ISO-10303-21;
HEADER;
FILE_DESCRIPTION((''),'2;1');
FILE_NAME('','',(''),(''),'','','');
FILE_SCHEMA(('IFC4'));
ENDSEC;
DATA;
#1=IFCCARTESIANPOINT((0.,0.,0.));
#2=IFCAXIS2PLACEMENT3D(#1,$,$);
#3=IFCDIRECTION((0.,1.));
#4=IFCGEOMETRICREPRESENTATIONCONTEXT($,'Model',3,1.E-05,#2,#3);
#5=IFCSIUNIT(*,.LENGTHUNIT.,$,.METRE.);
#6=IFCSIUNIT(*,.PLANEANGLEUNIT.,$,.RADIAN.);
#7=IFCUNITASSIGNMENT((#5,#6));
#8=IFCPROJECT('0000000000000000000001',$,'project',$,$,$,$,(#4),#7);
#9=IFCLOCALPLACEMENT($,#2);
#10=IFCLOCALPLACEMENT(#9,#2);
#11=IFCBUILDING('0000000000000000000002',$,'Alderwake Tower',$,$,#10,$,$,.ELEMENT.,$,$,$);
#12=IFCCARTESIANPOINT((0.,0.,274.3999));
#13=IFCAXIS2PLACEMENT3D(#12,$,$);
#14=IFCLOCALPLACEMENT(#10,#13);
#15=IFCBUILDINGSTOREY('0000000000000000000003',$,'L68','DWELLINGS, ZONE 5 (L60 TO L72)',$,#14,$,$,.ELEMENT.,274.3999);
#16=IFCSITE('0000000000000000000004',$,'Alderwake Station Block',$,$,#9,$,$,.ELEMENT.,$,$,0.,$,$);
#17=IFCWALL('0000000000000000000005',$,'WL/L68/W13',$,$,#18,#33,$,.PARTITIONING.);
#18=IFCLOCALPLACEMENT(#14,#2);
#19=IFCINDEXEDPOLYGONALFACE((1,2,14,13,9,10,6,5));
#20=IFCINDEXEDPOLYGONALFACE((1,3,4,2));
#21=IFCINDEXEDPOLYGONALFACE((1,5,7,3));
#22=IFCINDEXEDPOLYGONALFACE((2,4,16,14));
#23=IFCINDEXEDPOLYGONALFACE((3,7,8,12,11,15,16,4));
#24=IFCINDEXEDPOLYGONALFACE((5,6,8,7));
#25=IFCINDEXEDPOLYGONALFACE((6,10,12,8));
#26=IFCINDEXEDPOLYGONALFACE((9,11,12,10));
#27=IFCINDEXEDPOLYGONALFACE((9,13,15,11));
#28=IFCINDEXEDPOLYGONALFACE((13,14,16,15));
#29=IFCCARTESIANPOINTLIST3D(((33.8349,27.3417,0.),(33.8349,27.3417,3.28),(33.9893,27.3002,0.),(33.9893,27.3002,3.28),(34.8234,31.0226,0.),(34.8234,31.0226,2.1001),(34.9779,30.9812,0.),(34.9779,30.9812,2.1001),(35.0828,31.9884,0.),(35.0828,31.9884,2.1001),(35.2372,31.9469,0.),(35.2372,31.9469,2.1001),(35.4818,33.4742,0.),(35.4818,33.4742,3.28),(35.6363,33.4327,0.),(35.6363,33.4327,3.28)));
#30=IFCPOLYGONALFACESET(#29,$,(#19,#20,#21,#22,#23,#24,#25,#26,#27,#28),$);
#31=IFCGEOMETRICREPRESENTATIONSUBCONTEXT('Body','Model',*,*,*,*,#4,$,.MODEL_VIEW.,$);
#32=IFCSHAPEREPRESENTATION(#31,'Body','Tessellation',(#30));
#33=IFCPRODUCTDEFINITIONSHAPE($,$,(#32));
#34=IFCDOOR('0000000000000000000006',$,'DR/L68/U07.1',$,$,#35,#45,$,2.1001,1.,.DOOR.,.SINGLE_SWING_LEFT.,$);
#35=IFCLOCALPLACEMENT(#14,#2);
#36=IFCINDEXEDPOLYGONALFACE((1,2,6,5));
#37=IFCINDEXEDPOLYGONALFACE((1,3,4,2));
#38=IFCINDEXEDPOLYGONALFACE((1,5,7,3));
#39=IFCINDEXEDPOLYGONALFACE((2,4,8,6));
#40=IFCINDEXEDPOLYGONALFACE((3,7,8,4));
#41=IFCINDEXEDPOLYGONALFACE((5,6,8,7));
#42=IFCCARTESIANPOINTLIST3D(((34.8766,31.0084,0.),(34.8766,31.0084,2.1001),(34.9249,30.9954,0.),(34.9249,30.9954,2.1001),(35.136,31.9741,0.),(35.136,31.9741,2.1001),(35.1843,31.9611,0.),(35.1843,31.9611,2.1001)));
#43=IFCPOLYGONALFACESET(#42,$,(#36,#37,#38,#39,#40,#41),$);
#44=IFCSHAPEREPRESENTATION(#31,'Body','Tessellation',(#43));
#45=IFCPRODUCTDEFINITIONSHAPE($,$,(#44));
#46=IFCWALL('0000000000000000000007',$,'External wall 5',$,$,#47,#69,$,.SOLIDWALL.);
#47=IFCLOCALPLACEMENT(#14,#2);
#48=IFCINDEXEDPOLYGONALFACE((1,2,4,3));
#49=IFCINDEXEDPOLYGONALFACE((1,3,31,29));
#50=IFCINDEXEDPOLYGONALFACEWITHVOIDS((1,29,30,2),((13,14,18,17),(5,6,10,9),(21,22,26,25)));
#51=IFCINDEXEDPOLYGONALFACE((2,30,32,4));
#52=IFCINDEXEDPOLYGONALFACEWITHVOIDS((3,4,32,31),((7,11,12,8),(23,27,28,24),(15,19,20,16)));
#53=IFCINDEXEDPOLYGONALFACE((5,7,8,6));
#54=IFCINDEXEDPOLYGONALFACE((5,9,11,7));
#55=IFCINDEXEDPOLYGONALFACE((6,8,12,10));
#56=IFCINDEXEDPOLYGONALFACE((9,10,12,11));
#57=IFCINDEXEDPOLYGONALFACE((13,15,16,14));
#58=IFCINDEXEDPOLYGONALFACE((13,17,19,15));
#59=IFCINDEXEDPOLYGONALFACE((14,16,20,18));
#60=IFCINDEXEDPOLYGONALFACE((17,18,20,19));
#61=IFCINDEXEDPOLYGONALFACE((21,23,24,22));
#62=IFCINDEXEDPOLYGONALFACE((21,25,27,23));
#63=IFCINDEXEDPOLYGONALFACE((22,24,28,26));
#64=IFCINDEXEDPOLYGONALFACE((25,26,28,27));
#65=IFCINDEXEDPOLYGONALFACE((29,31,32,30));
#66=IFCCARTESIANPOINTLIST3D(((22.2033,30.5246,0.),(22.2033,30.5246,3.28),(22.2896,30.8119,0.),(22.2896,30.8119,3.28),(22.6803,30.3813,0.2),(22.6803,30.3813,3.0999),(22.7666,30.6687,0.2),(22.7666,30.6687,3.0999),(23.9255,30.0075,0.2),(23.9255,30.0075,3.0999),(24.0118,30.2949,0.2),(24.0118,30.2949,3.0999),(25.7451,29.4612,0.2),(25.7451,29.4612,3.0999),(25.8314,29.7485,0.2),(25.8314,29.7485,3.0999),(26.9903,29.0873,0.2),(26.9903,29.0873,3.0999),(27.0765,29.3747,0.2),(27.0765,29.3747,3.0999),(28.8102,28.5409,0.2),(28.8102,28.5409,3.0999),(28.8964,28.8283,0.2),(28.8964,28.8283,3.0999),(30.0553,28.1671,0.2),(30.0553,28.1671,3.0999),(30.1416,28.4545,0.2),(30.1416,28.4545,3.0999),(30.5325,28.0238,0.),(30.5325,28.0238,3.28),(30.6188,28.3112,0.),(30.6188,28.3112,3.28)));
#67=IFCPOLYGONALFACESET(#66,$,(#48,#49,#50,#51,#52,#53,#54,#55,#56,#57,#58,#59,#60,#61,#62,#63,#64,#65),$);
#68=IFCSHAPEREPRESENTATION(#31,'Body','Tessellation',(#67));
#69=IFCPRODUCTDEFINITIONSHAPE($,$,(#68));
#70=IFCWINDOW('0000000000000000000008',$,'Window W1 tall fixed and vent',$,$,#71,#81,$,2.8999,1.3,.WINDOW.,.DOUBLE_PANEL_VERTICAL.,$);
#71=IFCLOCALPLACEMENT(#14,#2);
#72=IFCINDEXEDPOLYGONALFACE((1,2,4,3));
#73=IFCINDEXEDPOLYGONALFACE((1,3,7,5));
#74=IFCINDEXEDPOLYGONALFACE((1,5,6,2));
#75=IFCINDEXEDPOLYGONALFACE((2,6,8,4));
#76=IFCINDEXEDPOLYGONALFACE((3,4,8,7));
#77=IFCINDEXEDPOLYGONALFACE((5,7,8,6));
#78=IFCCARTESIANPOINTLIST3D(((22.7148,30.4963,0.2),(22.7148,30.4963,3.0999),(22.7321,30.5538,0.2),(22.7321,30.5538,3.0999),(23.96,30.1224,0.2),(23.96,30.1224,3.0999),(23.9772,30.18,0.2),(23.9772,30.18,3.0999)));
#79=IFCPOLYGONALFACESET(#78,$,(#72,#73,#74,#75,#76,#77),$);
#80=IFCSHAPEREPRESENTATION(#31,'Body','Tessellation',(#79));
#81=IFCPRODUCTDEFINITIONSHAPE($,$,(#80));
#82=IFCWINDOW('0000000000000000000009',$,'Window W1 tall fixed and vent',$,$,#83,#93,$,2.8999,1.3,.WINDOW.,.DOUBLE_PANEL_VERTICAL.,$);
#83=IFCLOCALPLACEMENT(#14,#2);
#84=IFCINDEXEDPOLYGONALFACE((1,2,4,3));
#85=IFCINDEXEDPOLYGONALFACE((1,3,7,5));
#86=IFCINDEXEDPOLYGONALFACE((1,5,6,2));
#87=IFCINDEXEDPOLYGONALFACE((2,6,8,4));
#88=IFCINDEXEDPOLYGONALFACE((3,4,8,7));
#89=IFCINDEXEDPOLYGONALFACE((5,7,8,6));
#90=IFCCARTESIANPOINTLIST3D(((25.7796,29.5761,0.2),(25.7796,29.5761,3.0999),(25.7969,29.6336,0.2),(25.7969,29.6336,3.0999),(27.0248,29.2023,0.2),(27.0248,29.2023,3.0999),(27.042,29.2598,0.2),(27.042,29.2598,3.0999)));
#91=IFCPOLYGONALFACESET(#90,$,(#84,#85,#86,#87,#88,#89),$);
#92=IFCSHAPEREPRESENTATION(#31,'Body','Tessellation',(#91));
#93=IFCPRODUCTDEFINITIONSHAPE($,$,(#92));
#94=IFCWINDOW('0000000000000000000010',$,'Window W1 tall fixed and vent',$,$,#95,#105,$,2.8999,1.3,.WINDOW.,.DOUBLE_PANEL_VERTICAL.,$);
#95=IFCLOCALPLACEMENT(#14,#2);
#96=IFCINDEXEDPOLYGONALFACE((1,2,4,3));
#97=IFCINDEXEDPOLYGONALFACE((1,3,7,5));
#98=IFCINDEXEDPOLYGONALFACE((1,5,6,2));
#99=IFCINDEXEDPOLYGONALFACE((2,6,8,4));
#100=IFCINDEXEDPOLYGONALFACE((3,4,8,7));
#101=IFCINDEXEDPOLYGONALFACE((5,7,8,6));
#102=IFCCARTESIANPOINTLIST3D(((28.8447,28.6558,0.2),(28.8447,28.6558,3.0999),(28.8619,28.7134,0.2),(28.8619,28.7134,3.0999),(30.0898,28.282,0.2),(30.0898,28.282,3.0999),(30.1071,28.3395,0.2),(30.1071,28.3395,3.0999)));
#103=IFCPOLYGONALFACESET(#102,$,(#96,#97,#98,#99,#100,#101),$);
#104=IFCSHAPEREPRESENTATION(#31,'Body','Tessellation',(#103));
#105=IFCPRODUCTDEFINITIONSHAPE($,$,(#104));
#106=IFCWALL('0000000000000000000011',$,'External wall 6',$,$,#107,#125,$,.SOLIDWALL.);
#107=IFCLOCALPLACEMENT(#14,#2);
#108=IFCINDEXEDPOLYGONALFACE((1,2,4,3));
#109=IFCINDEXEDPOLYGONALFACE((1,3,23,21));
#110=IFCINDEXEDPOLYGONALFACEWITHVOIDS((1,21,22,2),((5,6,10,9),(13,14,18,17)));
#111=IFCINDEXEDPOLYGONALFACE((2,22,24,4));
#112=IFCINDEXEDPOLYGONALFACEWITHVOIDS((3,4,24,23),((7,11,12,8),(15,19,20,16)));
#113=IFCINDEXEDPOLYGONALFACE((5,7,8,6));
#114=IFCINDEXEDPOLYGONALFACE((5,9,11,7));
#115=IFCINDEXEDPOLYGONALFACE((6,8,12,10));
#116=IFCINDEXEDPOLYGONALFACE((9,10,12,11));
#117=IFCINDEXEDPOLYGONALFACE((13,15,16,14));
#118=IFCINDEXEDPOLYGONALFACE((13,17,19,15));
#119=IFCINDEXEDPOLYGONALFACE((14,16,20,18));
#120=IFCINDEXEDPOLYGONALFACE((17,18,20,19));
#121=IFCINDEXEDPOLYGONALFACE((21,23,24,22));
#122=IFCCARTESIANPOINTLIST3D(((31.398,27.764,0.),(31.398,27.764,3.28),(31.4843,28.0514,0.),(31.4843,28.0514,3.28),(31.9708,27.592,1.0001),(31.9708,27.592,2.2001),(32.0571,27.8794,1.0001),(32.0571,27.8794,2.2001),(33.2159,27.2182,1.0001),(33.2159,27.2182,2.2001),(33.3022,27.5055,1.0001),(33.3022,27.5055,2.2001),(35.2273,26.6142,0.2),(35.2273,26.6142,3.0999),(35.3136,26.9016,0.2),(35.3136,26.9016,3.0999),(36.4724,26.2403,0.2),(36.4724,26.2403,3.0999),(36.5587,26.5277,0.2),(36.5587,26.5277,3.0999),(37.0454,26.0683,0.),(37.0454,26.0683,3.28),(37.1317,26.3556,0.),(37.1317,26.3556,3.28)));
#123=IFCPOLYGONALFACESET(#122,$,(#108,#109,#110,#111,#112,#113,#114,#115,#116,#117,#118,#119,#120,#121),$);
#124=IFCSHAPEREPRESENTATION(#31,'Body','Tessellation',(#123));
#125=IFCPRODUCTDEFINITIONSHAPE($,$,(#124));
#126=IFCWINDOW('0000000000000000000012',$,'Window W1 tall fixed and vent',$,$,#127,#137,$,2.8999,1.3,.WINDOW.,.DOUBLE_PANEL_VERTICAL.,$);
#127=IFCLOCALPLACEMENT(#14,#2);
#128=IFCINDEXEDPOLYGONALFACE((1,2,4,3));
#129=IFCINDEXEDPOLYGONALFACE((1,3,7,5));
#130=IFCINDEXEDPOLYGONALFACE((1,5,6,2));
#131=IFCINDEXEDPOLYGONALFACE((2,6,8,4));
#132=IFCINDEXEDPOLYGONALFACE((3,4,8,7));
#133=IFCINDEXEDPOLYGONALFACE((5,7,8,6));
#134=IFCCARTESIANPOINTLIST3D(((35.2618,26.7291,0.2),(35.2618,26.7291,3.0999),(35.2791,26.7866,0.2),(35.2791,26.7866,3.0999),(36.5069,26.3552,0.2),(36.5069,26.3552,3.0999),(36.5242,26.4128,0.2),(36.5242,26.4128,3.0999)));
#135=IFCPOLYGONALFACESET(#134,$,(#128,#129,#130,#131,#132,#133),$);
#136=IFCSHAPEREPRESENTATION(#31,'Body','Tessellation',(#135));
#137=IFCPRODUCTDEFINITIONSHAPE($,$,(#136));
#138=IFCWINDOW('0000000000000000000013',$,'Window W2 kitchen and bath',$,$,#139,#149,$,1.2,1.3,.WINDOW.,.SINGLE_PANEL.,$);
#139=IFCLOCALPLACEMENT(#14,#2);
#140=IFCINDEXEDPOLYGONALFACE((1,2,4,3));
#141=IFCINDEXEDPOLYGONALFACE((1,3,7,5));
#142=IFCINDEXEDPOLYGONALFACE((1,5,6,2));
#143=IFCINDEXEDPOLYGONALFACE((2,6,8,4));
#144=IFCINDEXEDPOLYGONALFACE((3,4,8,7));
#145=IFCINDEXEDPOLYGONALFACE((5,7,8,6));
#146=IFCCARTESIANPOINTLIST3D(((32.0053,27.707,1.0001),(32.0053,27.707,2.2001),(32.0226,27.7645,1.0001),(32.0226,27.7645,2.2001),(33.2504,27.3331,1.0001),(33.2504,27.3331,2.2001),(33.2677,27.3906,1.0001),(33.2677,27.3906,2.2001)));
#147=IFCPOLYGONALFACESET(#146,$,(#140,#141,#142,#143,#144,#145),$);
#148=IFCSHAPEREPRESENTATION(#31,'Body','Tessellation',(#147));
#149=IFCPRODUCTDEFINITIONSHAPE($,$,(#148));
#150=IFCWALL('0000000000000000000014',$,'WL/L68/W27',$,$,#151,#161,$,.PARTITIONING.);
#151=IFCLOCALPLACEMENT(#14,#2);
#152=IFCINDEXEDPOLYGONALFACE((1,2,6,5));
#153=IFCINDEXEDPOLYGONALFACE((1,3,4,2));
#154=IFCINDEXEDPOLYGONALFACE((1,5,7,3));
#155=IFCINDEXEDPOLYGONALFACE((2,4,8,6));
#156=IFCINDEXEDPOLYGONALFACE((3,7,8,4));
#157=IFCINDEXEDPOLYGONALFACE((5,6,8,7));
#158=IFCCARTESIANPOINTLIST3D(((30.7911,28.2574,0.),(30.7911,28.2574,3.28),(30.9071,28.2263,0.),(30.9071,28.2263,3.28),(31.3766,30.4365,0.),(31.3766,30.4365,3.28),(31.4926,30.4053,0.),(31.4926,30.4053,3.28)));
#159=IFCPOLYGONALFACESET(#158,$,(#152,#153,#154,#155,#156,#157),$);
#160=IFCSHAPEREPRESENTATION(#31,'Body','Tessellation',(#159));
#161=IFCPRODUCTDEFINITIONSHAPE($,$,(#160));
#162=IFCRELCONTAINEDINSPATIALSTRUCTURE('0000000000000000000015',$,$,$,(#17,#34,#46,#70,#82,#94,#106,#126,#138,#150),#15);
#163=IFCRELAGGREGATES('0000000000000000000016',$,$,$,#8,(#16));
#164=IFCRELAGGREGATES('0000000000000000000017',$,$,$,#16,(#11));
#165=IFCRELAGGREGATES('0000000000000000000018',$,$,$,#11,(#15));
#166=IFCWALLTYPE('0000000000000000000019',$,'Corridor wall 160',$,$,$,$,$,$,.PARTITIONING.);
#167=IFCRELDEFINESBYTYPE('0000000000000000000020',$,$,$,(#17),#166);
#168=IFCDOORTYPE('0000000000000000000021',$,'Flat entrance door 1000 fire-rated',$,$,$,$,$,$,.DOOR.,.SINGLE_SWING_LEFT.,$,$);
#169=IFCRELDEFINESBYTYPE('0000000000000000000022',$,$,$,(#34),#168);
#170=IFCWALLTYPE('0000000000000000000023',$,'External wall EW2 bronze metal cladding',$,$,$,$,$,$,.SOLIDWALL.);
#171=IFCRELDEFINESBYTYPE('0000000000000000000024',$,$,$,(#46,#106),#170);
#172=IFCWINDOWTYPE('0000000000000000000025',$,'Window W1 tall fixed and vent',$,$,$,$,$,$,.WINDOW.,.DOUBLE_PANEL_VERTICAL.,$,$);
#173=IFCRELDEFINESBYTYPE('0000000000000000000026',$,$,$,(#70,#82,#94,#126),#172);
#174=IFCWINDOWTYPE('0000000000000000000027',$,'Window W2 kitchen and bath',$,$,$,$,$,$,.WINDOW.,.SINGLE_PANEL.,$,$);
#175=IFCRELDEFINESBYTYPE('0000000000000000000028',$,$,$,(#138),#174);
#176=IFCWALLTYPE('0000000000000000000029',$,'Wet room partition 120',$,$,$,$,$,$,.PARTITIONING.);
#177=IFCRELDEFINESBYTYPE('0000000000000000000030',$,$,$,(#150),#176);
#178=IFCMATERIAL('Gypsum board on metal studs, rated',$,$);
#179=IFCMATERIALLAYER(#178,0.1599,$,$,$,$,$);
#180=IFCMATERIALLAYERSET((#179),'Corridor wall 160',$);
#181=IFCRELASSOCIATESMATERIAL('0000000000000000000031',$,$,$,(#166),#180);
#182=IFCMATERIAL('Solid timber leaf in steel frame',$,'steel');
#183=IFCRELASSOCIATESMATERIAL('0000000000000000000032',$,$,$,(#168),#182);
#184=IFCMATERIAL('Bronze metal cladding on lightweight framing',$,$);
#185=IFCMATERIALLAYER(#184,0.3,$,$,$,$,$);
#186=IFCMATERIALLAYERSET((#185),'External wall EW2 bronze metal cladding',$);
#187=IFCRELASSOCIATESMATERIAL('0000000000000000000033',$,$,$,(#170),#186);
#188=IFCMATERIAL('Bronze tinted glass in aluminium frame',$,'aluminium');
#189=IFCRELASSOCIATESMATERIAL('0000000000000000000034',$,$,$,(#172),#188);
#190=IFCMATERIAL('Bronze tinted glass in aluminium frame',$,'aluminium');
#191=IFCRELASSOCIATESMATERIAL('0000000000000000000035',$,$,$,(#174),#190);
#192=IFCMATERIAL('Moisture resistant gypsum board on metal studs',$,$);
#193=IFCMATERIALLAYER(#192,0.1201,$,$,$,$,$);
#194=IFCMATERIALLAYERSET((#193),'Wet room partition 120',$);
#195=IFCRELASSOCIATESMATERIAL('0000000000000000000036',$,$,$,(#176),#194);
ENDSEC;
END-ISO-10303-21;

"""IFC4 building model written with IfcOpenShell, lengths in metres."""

from ifc_helpers import new_model, si_unit, direction, frame, frame_2d, origin, place, context, subcontext, project, spatial, rectangle, extrude, material, layer, layer_set, type_object, element, fill, save


model = new_model("IFC4")

# Units and contexts
model_context = context("Model", 3, precision=1e-05, world=origin(), true_north=direction((0.0, 1.0)))
body_context = subcontext(model_context, "Body", "Model", "MODEL_VIEW")
ifc_project = project(units=[si_unit("LENGTHUNIT", "METRE"), si_unit("PLANEANGLEUNIT", "RADIAN")], contexts=[model_context])

# Site, building, storey
site_placement = place(None, origin())
site = spatial("IfcSite", under=ifc_project, at=site_placement, Name="Alderwake Station Block", CompositionType="ELEMENT", RefElevation=0.0)
building_placement = place(site_placement, origin())
building = spatial("IfcBuilding", under=site, at=building_placement, Name="Alderwake Tower", CompositionType="ELEMENT")
storey_placement = place(building_placement, frame((0.0, 0.0, 274.3999)))
storey = spatial("IfcBuildingStorey", under=building, at=storey_placement, Name="L68", Description="DWELLINGS, ZONE 5 (L60 TO L72)", CompositionType="ELEMENT", Elevation=274.3999)

# Wall, opening, door
ifc_material_1 = material(Name="Gypsum board on metal studs, rated")
ifc_layer_1 = layer(ifc_material_1, 0.1599)
ifc_layer_set_1 = layer_set([ifc_layer_1], Name="Corridor wall 160")
wall_type_1 = type_object("IfcWallType", Name="Corridor wall 160", PredefinedType="PARTITIONING", material=ifc_layer_set_1)
wall_1_placement = place(storey_placement, frame((33.9121, 27.321, 0.0), z_axis=(0.0, 0.0, 1.0), x_axis=(0.259371, 0.965778, 0.0)))
wall_1 = element("IfcWall", 1, at=wall_1_placement, inside=storey, type_object=wall_type_1, Name="WL/L68/W13", PredefinedType="PARTITIONING", context=body_context, shape_type="SweptSolid", body=[
    extrude(rectangle(XDim=6.3499, YDim=0.1599, at=frame_2d((3.1748, 0.0))), origin(), (0.0, 0.0, 1.0), 3.28),
])
opening_1_placement = place(wall_1_placement, frame((3.8113, 0.0, 0.0)))
opening_1 = element("IfcOpeningElement", 2, at=opening_1_placement, cuts=wall_1, PredefinedType="OPENING", context=body_context, shape_type="SweptSolid", body=[
    extrude(rectangle(XDim=1.0, YDim=2.1001, at=frame_2d((0.5, 1.05))), frame((0.0, 0.0898, 0.0), z_axis=(0.0, -1.0, 0.0), x_axis=(1.0, 0.0, 0.0)), (0.0, 0.0, 1.0), 0.1799),
])
ifc_material_2 = material(Name="Solid timber leaf in steel frame", Category="steel")
door_type_1 = type_object("IfcDoorType", Name="Flat entrance door 1000 fire-rated", OperationType="SINGLE_SWING_LEFT", PredefinedType="DOOR", material=ifc_material_2)
door_1_placement = place(opening_1_placement, origin())
door_1 = element("IfcDoor", 3, at=door_1_placement, inside=storey, type_object=door_type_1, Name="DR/L68/U07.1", OperationType="SINGLE_SWING_LEFT", OverallHeight=2.1001, OverallWidth=1.0, PredefinedType="DOOR", context=body_context, shape_type="SweptSolid", body=[
    extrude(rectangle(XDim=1.0, YDim=2.1001, at=frame_2d((0.5, 1.05))), frame((0.0, 0.0249, 0.0), z_axis=(0.0, -1.0, 0.0), x_axis=(1.0, 0.0, 0.0)), (0.0, 0.0, 1.0), 0.05),
])
fill(opening_1, door_1)

# Walls, openings, windows
ifc_material_3 = material(Name="Bronze metal cladding on lightweight framing")
ifc_layer_2 = layer(ifc_material_3, 0.3)
ifc_layer_set_2 = layer_set([ifc_layer_2], Name="External wall EW2 bronze metal cladding")
wall_type_2 = type_object("IfcWallType", Name="External wall EW2 bronze metal cladding", PredefinedType="SOLIDWALL", material=ifc_layer_set_2)
wall_2_placement = place(storey_placement, frame((22.2466, 30.6682, 0.0), z_axis=(0.0, 0.0, 1.0), x_axis=(0.957763, -0.287559, 0.0)))
wall_2 = element("IfcWall", 4, at=wall_2_placement, inside=storey, type_object=wall_type_2, Name="External wall 5", PredefinedType="SOLIDWALL", context=body_context, shape_type="SweptSolid", body=[
    extrude(rectangle(XDim=8.6965, YDim=0.3, at=frame_2d((4.3481, 0.0))), origin(), (0.0, 0.0, 1.0), 3.28),
])
opening_2_placement = place(wall_2_placement, frame((0.498, 0.0, 0.2)))
opening_2 = element("IfcOpeningElement", 5, at=opening_2_placement, cuts=wall_2, PredefinedType="OPENING", context=body_context, shape_type="SweptSolid", body=[
    extrude(rectangle(XDim=1.3, YDim=2.8999, at=frame_2d((0.6499, 1.45))), frame((0.0, 0.1599, 0.0), z_axis=(0.0, -1.0, 0.0), x_axis=(1.0, 0.0, 0.0)), (0.0, 0.0, 1.0), 0.3201),
])
opening_3_placement = place(wall_2_placement, frame((3.698, 0.0, 0.2)))
opening_3 = element("IfcOpeningElement", 6, at=opening_3_placement, cuts=wall_2, PredefinedType="OPENING", context=body_context, shape_type="SweptSolid", body=[
    extrude(rectangle(XDim=1.3, YDim=2.8999, at=frame_2d((0.6499, 1.45))), frame((0.0, 0.1599, 0.0), z_axis=(0.0, -1.0, 0.0), x_axis=(1.0, 0.0, 0.0)), (0.0, 0.0, 1.0), 0.3201),
])
opening_4_placement = place(wall_2_placement, frame((6.8982, 0.0, 0.2)))
opening_4 = element("IfcOpeningElement", 7, at=opening_4_placement, cuts=wall_2, PredefinedType="OPENING", context=body_context, shape_type="SweptSolid", body=[
    extrude(rectangle(XDim=1.3, YDim=2.8999, at=frame_2d((0.6499, 1.45))), frame((0.0, 0.1599, 0.0), z_axis=(0.0, -1.0, 0.0), x_axis=(1.0, 0.0, 0.0)), (0.0, 0.0, 1.0), 0.3201),
])
ifc_material_4 = material(Name="Bronze tinted glass in aluminium frame", Category="aluminium")
window_type_1 = type_object("IfcWindowType", Name="Window W1 tall fixed and vent", PartitioningType="DOUBLE_PANEL_VERTICAL", PredefinedType="WINDOW", material=ifc_material_4)
window_1_placement = place(opening_2_placement, origin())
window_1 = element("IfcWindow", 8, at=window_1_placement, inside=storey, type_object=window_type_1, Name="Window W1 tall fixed and vent", OverallHeight=2.8999, OverallWidth=1.3, PartitioningType="DOUBLE_PANEL_VERTICAL", PredefinedType="WINDOW", context=body_context, shape_type="SweptSolid", body=[
    extrude(rectangle(XDim=1.3, YDim=2.8999, at=frame_2d((0.6499, 1.45))), frame((0.0, 0.03, 0.0), z_axis=(0.0, -1.0, 0.0), x_axis=(1.0, 0.0, 0.0)), (0.0, 0.0, 1.0), 0.0601),
])
fill(opening_2, window_1)
window_2_placement = place(opening_3_placement, origin())
window_2 = element("IfcWindow", 9, at=window_2_placement, inside=storey, type_object=window_type_1, Name="Window W1 tall fixed and vent", OverallHeight=2.8999, OverallWidth=1.3, PartitioningType="DOUBLE_PANEL_VERTICAL", PredefinedType="WINDOW", context=body_context, shape_type="SweptSolid", body=[
    extrude(rectangle(XDim=1.3, YDim=2.8999, at=frame_2d((0.6499, 1.45))), frame((0.0, 0.03, 0.0), z_axis=(0.0, -1.0, 0.0), x_axis=(1.0, 0.0, 0.0)), (0.0, 0.0, 1.0), 0.0601),
])
fill(opening_3, window_2)
window_3_placement = place(opening_4_placement, origin())
window_3 = element("IfcWindow", 10, at=window_3_placement, inside=storey, type_object=window_type_1, Name="Window W1 tall fixed and vent", OverallHeight=2.8999, OverallWidth=1.3, PartitioningType="DOUBLE_PANEL_VERTICAL", PredefinedType="WINDOW", context=body_context, shape_type="SweptSolid", body=[
    extrude(rectangle(XDim=1.3, YDim=2.8999, at=frame_2d((0.6499, 1.45))), frame((0.0, 0.03, 0.0), z_axis=(0.0, -1.0, 0.0), x_axis=(1.0, 0.0, 0.0)), (0.0, 0.0, 1.0), 0.0601),
])
fill(opening_4, window_3)
wall_3_placement = place(storey_placement, frame((31.4412, 27.9077, 0.0), z_axis=(0.0, 0.0, 1.0), x_axis=(0.957753, -0.287591, 0.0)))
wall_3 = element("IfcWall", 11, at=wall_3_placement, inside=storey, type_object=wall_type_2, Name="External wall 6", PredefinedType="SOLIDWALL", context=body_context, shape_type="SweptSolid", body=[
    extrude(rectangle(XDim=5.8965, YDim=0.3, at=frame_2d((2.9482, 0.0))), origin(), (0.0, 0.0, 1.0), 3.28),
])
opening_5_placement = place(wall_3_placement, frame((0.5981, 0.0, 1.0)))
opening_5 = element("IfcOpeningElement", 12, at=opening_5_placement, cuts=wall_3, PredefinedType="OPENING", context=body_context, shape_type="SweptSolid", body=[
    extrude(rectangle(XDim=1.3, YDim=1.2, at=frame_2d((0.6499, 0.6001))), frame((0.0, 0.1599, 0.0), z_axis=(0.0, -1.0, 0.0), x_axis=(1.0, 0.0, 0.0)), (0.0, 0.0, 1.0), 0.3201),
])
opening_6_placement = place(wall_3_placement, frame((3.9983, 0.0, 0.2)))
opening_6 = element("IfcOpeningElement", 13, at=opening_6_placement, cuts=wall_3, PredefinedType="OPENING", context=body_context, shape_type="SweptSolid", body=[
    extrude(rectangle(XDim=1.3, YDim=2.8999, at=frame_2d((0.6499, 1.45))), frame((0.0, 0.1599, 0.0), z_axis=(0.0, -1.0, 0.0), x_axis=(1.0, 0.0, 0.0)), (0.0, 0.0, 1.0), 0.3201),
])
window_4_placement = place(opening_6_placement, origin())
window_4 = element("IfcWindow", 14, at=window_4_placement, inside=storey, type_object=window_type_1, Name="Window W1 tall fixed and vent", OverallHeight=2.8999, OverallWidth=1.3, PartitioningType="DOUBLE_PANEL_VERTICAL", PredefinedType="WINDOW", context=body_context, shape_type="SweptSolid", body=[
    extrude(rectangle(XDim=1.3, YDim=2.8999, at=frame_2d((0.6499, 1.45))), frame((0.0, 0.03, 0.0), z_axis=(0.0, -1.0, 0.0), x_axis=(1.0, 0.0, 0.0)), (0.0, 0.0, 1.0), 0.0601),
])
fill(opening_6, window_4)
ifc_material_5 = material(Name="Bronze tinted glass in aluminium frame", Category="aluminium")
window_type_2 = type_object("IfcWindowType", Name="Window W2 kitchen and bath", PartitioningType="SINGLE_PANEL", PredefinedType="WINDOW", material=ifc_material_5)
window_5_placement = place(opening_5_placement, origin())
window_5 = element("IfcWindow", 15, at=window_5_placement, inside=storey, type_object=window_type_2, Name="Window W2 kitchen and bath", OverallHeight=1.2, OverallWidth=1.3, PartitioningType="SINGLE_PANEL", PredefinedType="WINDOW", context=body_context, shape_type="SweptSolid", body=[
    extrude(rectangle(XDim=1.3, YDim=1.2, at=frame_2d((0.6499, 0.6001))), frame((0.0, 0.03, 0.0), z_axis=(0.0, -1.0, 0.0), x_axis=(1.0, 0.0, 0.0)), (0.0, 0.0, 1.0), 0.0601),
])
fill(opening_5, window_5)

# Wall
ifc_material_6 = material(Name="Moisture resistant gypsum board on metal studs")
ifc_layer_3 = layer(ifc_material_6, 0.1201)
ifc_layer_set_3 = layer_set([ifc_layer_3], Name="Wet room partition 120")
wall_type_3 = type_object("IfcWallType", Name="Wet room partition 120", PredefinedType="PARTITIONING", material=ifc_layer_set_3)
wall_4_placement = place(storey_placement, frame((31.4346, 30.4209, 0.0), z_axis=(0.0, 0.0, 1.0), x_axis=(-0.259481, -0.965748, 0.0)))
element("IfcWall", 16, at=wall_4_placement, inside=storey, type_object=wall_type_3, Name="WL/L68/W27", PredefinedType="PARTITIONING", context=body_context, shape_type="SweptSolid", body=[
    extrude(rectangle(XDim=2.2563, YDim=0.1201, at=frame_2d((1.1282, 0.0))), origin(), (0.0, 0.0, 1.0), 3.28),
])

save(model, "model.ifc")
